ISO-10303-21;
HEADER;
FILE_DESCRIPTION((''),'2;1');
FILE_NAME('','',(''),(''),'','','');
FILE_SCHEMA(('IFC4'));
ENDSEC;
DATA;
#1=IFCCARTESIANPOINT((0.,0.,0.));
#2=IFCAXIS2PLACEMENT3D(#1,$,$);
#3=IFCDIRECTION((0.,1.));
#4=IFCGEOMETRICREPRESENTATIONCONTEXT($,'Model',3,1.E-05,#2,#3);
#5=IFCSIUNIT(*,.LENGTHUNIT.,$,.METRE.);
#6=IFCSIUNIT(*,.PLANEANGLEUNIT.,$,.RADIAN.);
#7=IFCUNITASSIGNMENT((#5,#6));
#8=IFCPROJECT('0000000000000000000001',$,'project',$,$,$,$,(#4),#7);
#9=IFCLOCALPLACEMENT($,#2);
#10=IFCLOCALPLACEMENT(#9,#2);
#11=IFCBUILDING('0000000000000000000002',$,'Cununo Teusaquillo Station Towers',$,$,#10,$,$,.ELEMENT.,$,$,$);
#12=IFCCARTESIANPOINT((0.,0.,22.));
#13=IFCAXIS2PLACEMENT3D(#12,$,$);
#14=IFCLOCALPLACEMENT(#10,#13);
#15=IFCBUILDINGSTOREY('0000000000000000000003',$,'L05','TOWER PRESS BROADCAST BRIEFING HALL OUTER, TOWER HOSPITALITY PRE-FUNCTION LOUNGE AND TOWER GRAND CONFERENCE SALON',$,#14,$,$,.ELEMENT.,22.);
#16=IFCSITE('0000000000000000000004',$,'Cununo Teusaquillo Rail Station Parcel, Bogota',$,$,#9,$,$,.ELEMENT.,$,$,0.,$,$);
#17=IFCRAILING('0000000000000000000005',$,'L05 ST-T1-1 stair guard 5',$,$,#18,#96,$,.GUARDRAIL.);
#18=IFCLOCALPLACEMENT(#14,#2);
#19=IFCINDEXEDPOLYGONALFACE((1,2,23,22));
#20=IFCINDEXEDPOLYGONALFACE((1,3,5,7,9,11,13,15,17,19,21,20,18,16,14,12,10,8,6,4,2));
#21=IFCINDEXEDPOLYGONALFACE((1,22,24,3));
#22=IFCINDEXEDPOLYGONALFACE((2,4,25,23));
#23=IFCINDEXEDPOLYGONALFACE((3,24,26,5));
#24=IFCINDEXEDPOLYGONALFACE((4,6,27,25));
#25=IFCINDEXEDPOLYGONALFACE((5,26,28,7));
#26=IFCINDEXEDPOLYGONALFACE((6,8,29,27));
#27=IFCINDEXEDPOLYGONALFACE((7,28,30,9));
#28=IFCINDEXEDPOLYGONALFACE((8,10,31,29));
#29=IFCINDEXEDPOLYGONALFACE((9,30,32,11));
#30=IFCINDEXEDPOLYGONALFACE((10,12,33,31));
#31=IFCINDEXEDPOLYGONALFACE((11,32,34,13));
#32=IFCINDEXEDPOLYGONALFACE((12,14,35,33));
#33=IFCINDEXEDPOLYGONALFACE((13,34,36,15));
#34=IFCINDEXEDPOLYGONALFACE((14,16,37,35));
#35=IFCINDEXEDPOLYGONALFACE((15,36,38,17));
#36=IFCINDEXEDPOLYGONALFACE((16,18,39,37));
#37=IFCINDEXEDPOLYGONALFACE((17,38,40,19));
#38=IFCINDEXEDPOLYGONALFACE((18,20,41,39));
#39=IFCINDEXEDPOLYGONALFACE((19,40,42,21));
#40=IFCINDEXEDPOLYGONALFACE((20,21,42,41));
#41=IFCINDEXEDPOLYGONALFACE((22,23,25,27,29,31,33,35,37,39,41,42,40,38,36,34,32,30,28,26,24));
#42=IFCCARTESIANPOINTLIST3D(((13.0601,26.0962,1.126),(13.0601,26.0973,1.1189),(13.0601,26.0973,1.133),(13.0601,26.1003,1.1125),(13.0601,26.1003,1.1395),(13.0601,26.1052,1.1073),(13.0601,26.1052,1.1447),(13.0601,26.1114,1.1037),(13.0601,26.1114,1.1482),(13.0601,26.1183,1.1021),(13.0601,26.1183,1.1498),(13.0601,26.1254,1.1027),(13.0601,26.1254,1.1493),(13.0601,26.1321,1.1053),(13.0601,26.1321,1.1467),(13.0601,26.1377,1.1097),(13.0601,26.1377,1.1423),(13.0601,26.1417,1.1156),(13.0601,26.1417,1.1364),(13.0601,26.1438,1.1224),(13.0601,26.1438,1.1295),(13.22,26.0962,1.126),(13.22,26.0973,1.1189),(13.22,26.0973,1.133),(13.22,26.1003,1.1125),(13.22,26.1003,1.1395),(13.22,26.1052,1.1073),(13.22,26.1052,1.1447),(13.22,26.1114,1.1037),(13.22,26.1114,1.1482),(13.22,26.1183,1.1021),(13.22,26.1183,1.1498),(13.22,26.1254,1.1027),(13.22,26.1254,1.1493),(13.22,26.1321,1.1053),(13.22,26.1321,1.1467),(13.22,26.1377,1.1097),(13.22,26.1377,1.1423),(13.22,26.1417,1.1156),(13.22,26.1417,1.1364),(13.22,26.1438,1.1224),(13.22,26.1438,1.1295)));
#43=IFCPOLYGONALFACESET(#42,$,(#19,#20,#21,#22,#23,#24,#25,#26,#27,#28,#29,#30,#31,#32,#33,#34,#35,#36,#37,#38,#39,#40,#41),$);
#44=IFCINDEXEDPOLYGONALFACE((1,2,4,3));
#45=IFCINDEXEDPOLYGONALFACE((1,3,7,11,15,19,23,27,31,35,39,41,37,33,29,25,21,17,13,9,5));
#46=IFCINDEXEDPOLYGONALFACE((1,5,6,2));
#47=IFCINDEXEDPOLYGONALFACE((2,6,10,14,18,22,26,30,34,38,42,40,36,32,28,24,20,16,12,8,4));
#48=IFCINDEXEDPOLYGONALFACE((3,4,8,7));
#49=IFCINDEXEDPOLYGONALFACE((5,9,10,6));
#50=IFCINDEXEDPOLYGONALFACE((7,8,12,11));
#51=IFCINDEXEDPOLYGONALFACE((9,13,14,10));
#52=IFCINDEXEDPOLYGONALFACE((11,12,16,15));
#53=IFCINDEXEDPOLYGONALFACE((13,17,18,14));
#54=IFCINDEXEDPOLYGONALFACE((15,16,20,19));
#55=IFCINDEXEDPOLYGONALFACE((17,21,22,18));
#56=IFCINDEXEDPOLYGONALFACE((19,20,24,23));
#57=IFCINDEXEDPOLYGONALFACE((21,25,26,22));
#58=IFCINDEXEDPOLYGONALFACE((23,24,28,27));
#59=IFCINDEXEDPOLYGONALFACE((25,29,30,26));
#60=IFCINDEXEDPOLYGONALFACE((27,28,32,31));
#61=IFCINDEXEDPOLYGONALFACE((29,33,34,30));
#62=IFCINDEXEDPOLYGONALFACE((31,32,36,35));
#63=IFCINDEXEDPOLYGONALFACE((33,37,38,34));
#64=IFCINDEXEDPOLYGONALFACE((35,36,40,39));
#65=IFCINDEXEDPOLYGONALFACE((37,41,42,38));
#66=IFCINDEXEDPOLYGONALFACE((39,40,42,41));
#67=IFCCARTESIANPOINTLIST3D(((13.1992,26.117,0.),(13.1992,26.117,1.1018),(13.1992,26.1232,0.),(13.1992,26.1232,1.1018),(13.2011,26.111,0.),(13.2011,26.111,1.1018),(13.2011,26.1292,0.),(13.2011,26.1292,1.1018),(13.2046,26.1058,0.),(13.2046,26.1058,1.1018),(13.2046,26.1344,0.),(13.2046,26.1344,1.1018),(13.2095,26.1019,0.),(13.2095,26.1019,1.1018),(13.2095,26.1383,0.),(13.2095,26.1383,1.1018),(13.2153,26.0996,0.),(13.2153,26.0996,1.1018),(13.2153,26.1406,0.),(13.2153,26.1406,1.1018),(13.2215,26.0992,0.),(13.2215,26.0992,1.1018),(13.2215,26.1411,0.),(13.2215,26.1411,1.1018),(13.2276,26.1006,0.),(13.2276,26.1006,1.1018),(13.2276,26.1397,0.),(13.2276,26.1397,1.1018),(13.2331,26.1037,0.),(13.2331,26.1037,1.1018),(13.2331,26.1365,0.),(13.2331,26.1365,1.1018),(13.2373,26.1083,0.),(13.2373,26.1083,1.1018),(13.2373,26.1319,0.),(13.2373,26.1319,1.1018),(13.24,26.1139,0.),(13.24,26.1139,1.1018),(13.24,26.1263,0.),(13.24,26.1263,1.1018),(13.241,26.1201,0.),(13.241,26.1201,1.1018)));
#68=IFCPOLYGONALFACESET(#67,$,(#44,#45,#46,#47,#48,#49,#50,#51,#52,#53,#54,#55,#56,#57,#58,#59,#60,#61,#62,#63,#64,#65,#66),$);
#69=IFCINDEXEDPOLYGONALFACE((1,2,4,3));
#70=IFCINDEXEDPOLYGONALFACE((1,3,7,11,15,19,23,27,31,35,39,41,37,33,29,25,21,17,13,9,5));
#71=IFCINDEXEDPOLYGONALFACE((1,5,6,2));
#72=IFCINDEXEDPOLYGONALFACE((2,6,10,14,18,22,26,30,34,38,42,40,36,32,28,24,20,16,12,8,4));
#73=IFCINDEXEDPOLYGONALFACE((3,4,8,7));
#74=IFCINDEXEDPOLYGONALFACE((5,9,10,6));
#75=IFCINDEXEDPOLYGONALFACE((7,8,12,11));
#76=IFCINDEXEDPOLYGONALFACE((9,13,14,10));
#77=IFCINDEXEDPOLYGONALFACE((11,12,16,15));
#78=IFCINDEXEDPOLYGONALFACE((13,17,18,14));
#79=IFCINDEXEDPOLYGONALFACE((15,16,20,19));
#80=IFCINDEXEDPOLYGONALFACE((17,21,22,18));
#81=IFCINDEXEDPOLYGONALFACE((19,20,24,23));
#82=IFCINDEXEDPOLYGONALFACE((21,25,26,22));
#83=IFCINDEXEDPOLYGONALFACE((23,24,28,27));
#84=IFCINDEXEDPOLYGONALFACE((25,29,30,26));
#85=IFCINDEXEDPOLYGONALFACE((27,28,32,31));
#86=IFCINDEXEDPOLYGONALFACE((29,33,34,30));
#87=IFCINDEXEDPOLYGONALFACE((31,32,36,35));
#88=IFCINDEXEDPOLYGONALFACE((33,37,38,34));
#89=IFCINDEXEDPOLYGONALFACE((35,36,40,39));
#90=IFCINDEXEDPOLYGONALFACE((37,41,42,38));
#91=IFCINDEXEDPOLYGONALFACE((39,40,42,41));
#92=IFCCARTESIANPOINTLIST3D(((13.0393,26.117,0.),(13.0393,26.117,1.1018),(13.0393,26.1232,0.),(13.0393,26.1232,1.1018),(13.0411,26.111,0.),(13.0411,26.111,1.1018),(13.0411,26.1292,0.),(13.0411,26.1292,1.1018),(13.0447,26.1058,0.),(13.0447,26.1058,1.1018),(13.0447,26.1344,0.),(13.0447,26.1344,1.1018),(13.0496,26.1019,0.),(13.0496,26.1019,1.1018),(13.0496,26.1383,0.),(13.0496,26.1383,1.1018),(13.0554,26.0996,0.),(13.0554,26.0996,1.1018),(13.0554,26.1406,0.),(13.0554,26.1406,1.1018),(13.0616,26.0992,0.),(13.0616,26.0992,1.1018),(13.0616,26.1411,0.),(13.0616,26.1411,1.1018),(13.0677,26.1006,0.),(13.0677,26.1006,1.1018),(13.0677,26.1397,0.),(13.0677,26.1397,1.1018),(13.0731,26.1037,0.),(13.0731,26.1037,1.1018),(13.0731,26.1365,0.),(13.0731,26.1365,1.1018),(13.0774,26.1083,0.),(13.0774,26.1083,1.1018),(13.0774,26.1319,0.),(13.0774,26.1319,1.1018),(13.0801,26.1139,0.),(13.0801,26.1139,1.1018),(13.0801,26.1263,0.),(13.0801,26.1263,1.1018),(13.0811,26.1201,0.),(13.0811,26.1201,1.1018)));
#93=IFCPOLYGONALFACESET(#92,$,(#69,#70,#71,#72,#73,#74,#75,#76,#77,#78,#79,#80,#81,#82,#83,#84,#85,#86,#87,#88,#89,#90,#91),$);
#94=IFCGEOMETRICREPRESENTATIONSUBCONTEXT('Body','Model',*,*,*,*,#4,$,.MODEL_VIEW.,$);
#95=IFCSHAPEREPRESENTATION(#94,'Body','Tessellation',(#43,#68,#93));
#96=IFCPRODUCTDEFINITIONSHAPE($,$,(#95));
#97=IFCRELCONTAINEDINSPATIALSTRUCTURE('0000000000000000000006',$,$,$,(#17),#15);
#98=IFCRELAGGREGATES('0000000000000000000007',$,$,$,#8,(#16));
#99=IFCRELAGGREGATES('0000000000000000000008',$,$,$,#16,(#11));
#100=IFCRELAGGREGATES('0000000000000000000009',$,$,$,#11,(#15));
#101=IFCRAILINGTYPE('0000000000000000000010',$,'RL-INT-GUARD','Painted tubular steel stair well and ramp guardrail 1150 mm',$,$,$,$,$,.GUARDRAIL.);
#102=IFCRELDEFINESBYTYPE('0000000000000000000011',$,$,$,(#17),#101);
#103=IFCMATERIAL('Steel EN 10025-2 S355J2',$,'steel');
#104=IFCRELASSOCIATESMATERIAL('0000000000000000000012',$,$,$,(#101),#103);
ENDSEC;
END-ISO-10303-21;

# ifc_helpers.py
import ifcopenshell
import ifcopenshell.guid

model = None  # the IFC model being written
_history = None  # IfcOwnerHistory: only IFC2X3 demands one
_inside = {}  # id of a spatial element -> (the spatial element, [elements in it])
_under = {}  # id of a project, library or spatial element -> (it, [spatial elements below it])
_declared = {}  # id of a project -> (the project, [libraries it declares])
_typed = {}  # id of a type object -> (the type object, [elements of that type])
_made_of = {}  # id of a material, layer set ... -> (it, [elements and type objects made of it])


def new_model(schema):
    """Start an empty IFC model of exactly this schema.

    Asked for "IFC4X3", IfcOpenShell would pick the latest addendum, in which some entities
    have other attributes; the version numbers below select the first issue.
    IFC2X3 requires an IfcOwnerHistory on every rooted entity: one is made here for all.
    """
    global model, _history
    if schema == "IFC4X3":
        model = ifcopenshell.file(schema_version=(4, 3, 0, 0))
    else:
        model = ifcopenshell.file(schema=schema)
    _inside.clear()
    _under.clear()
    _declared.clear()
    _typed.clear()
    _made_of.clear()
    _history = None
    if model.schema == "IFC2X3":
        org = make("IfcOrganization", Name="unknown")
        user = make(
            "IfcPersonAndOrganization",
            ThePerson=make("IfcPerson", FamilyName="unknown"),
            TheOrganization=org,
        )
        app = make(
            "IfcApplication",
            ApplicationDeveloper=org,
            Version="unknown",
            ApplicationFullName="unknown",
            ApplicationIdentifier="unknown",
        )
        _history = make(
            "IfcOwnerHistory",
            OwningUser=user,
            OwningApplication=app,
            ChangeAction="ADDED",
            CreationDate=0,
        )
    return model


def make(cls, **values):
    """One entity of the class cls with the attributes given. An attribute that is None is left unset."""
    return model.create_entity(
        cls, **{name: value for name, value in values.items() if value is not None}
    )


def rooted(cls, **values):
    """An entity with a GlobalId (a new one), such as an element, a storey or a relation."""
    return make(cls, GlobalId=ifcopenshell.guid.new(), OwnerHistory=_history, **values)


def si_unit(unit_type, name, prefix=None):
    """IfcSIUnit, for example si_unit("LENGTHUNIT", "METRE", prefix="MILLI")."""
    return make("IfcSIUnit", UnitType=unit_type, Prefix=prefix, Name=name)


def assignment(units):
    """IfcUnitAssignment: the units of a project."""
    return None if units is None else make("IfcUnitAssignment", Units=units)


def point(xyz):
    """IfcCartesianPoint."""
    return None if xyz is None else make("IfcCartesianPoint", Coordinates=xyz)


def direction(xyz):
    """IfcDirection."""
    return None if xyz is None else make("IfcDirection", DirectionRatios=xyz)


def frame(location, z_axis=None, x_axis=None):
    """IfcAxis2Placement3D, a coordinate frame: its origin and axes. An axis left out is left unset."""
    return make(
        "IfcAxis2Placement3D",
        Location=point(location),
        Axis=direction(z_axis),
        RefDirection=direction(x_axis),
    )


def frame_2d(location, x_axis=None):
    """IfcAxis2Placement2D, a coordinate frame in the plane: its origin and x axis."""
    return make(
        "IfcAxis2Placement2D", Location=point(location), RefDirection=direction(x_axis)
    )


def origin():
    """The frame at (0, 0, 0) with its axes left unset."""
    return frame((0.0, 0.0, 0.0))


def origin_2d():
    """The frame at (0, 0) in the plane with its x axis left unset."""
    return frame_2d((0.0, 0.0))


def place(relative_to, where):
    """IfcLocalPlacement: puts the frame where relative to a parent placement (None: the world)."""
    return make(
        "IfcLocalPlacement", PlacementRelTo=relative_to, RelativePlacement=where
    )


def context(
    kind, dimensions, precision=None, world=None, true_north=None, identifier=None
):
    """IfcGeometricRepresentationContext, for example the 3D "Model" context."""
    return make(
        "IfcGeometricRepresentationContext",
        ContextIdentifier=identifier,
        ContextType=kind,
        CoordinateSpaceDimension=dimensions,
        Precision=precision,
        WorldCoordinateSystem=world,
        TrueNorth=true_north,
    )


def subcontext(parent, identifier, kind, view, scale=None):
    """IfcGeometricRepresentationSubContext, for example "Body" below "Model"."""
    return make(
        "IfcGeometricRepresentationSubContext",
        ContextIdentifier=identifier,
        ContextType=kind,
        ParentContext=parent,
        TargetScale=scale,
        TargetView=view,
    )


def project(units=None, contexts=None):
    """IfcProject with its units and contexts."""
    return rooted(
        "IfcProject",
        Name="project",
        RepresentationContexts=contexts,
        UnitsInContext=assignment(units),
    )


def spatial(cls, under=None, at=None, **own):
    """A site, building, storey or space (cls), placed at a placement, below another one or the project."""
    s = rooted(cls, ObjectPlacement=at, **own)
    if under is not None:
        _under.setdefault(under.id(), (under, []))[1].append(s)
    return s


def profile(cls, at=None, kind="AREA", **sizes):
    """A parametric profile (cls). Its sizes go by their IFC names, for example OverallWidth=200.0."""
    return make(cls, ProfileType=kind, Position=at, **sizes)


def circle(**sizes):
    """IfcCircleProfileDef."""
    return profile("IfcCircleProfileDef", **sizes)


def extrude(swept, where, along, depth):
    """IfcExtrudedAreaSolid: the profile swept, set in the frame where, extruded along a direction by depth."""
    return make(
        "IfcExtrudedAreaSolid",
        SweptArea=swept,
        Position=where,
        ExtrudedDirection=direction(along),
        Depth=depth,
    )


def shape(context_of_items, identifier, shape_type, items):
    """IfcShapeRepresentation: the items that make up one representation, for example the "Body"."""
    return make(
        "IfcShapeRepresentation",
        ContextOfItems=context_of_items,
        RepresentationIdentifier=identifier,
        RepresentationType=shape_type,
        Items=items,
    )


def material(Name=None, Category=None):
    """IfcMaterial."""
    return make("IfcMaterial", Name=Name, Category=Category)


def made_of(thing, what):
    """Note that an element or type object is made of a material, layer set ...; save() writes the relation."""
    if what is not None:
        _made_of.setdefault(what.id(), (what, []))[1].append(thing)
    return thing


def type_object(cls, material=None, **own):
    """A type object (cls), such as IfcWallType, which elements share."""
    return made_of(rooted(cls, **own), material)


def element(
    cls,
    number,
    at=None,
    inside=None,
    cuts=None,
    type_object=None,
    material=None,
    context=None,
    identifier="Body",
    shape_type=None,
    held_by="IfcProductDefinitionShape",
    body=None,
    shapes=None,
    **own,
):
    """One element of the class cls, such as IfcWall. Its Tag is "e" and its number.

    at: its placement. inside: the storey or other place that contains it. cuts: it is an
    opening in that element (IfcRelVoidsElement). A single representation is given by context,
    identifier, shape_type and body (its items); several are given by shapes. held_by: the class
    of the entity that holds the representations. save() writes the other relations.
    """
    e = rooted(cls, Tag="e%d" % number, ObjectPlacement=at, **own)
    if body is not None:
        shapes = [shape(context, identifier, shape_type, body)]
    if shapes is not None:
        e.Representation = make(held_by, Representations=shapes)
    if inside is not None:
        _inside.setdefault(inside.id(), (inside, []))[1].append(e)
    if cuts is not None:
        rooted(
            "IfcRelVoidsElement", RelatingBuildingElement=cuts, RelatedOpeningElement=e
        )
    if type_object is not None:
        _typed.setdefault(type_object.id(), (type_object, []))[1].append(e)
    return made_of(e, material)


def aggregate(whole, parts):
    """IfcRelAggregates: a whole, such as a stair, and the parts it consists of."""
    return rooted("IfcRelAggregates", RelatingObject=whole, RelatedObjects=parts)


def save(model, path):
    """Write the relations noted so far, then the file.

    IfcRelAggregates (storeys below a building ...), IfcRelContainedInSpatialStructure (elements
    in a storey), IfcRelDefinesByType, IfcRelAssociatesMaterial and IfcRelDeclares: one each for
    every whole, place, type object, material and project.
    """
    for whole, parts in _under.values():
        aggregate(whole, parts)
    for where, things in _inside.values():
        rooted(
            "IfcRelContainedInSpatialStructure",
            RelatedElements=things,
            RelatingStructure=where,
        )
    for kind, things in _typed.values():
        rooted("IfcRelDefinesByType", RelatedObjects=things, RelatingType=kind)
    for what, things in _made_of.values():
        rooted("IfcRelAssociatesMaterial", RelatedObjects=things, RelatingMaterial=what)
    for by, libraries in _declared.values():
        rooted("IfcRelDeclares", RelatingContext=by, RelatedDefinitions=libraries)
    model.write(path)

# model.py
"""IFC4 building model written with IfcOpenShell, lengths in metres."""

from ifc_helpers import new_model, si_unit, direction, frame, origin, origin_2d, place, context, subcontext, project, spatial, circle, extrude, material, type_object, element, save


model = new_model("IFC4")

# Units and contexts
model_context = context("Model", 3, precision=1e-05, world=origin(), true_north=direction((0.0, 1.0)))
body_context = subcontext(model_context, "Body", "Model", "MODEL_VIEW")
ifc_project = project(units=[si_unit("LENGTHUNIT", "METRE"), si_unit("PLANEANGLEUNIT", "RADIAN")], contexts=[model_context])

# Site, building, storey
site_placement = place(None, origin())
site = spatial("IfcSite", under=ifc_project, at=site_placement, Name="Cununo Teusaquillo Rail Station Parcel, Bogota", CompositionType="ELEMENT", RefElevation=0.0)
building_placement = place(site_placement, origin())
building = spatial("IfcBuilding", under=site, at=building_placement, Name="Cununo Teusaquillo Station Towers", CompositionType="ELEMENT")
storey_placement = place(building_placement, frame((0.0, 0.0, 22.0)))
storey = spatial("IfcBuildingStorey", under=building, at=storey_placement, Name="L05", Description="TOWER PRESS BROADCAST BRIEFING HALL OUTER, TOWER HOSPITALITY PRE-FUNCTION LOUNGE AND TOWER GRAND CONFERENCE SALON", CompositionType="ELEMENT", Elevation=22.0)

# Railing
ifc_material_1 = material(Name="Steel EN 10025-2 S355J2", Category="steel")
railing_type_1 = type_object("IfcRailingType", Name="RL-INT-GUARD", Description="Painted tubular steel stair well and ramp guardrail 1150 mm", PredefinedType="GUARDRAIL", material=ifc_material_1)
railing_1_placement = place(storey_placement, frame((13.22, 26.1201, 0.0)))
element("IfcRailing", 1, at=railing_1_placement, inside=storey, type_object=railing_type_1, Name="L05 ST-T1-1 stair guard 5", PredefinedType="GUARDRAIL", context=body_context, shape_type="SweptSolid", body=[
    extrude(circle(Radius=0.0239, at=origin_2d()), frame((0.0, 0.0, 1.126), z_axis=(-1.0, 0.0, 0.0), x_axis=(0.0, -1.0, 0.0)), (0.0, 0.0, 1.0), 0.1599),
    extrude(circle(Radius=0.021, at=origin_2d()), origin(), (0.0, 0.0, 1.0), 1.1018),
    extrude(circle(Radius=0.021, at=origin_2d()), frame((-0.1599, 0.0, 0.0)), (0.0, 0.0, 1.0), 1.1018),
])

save(model, "model.ifc")
